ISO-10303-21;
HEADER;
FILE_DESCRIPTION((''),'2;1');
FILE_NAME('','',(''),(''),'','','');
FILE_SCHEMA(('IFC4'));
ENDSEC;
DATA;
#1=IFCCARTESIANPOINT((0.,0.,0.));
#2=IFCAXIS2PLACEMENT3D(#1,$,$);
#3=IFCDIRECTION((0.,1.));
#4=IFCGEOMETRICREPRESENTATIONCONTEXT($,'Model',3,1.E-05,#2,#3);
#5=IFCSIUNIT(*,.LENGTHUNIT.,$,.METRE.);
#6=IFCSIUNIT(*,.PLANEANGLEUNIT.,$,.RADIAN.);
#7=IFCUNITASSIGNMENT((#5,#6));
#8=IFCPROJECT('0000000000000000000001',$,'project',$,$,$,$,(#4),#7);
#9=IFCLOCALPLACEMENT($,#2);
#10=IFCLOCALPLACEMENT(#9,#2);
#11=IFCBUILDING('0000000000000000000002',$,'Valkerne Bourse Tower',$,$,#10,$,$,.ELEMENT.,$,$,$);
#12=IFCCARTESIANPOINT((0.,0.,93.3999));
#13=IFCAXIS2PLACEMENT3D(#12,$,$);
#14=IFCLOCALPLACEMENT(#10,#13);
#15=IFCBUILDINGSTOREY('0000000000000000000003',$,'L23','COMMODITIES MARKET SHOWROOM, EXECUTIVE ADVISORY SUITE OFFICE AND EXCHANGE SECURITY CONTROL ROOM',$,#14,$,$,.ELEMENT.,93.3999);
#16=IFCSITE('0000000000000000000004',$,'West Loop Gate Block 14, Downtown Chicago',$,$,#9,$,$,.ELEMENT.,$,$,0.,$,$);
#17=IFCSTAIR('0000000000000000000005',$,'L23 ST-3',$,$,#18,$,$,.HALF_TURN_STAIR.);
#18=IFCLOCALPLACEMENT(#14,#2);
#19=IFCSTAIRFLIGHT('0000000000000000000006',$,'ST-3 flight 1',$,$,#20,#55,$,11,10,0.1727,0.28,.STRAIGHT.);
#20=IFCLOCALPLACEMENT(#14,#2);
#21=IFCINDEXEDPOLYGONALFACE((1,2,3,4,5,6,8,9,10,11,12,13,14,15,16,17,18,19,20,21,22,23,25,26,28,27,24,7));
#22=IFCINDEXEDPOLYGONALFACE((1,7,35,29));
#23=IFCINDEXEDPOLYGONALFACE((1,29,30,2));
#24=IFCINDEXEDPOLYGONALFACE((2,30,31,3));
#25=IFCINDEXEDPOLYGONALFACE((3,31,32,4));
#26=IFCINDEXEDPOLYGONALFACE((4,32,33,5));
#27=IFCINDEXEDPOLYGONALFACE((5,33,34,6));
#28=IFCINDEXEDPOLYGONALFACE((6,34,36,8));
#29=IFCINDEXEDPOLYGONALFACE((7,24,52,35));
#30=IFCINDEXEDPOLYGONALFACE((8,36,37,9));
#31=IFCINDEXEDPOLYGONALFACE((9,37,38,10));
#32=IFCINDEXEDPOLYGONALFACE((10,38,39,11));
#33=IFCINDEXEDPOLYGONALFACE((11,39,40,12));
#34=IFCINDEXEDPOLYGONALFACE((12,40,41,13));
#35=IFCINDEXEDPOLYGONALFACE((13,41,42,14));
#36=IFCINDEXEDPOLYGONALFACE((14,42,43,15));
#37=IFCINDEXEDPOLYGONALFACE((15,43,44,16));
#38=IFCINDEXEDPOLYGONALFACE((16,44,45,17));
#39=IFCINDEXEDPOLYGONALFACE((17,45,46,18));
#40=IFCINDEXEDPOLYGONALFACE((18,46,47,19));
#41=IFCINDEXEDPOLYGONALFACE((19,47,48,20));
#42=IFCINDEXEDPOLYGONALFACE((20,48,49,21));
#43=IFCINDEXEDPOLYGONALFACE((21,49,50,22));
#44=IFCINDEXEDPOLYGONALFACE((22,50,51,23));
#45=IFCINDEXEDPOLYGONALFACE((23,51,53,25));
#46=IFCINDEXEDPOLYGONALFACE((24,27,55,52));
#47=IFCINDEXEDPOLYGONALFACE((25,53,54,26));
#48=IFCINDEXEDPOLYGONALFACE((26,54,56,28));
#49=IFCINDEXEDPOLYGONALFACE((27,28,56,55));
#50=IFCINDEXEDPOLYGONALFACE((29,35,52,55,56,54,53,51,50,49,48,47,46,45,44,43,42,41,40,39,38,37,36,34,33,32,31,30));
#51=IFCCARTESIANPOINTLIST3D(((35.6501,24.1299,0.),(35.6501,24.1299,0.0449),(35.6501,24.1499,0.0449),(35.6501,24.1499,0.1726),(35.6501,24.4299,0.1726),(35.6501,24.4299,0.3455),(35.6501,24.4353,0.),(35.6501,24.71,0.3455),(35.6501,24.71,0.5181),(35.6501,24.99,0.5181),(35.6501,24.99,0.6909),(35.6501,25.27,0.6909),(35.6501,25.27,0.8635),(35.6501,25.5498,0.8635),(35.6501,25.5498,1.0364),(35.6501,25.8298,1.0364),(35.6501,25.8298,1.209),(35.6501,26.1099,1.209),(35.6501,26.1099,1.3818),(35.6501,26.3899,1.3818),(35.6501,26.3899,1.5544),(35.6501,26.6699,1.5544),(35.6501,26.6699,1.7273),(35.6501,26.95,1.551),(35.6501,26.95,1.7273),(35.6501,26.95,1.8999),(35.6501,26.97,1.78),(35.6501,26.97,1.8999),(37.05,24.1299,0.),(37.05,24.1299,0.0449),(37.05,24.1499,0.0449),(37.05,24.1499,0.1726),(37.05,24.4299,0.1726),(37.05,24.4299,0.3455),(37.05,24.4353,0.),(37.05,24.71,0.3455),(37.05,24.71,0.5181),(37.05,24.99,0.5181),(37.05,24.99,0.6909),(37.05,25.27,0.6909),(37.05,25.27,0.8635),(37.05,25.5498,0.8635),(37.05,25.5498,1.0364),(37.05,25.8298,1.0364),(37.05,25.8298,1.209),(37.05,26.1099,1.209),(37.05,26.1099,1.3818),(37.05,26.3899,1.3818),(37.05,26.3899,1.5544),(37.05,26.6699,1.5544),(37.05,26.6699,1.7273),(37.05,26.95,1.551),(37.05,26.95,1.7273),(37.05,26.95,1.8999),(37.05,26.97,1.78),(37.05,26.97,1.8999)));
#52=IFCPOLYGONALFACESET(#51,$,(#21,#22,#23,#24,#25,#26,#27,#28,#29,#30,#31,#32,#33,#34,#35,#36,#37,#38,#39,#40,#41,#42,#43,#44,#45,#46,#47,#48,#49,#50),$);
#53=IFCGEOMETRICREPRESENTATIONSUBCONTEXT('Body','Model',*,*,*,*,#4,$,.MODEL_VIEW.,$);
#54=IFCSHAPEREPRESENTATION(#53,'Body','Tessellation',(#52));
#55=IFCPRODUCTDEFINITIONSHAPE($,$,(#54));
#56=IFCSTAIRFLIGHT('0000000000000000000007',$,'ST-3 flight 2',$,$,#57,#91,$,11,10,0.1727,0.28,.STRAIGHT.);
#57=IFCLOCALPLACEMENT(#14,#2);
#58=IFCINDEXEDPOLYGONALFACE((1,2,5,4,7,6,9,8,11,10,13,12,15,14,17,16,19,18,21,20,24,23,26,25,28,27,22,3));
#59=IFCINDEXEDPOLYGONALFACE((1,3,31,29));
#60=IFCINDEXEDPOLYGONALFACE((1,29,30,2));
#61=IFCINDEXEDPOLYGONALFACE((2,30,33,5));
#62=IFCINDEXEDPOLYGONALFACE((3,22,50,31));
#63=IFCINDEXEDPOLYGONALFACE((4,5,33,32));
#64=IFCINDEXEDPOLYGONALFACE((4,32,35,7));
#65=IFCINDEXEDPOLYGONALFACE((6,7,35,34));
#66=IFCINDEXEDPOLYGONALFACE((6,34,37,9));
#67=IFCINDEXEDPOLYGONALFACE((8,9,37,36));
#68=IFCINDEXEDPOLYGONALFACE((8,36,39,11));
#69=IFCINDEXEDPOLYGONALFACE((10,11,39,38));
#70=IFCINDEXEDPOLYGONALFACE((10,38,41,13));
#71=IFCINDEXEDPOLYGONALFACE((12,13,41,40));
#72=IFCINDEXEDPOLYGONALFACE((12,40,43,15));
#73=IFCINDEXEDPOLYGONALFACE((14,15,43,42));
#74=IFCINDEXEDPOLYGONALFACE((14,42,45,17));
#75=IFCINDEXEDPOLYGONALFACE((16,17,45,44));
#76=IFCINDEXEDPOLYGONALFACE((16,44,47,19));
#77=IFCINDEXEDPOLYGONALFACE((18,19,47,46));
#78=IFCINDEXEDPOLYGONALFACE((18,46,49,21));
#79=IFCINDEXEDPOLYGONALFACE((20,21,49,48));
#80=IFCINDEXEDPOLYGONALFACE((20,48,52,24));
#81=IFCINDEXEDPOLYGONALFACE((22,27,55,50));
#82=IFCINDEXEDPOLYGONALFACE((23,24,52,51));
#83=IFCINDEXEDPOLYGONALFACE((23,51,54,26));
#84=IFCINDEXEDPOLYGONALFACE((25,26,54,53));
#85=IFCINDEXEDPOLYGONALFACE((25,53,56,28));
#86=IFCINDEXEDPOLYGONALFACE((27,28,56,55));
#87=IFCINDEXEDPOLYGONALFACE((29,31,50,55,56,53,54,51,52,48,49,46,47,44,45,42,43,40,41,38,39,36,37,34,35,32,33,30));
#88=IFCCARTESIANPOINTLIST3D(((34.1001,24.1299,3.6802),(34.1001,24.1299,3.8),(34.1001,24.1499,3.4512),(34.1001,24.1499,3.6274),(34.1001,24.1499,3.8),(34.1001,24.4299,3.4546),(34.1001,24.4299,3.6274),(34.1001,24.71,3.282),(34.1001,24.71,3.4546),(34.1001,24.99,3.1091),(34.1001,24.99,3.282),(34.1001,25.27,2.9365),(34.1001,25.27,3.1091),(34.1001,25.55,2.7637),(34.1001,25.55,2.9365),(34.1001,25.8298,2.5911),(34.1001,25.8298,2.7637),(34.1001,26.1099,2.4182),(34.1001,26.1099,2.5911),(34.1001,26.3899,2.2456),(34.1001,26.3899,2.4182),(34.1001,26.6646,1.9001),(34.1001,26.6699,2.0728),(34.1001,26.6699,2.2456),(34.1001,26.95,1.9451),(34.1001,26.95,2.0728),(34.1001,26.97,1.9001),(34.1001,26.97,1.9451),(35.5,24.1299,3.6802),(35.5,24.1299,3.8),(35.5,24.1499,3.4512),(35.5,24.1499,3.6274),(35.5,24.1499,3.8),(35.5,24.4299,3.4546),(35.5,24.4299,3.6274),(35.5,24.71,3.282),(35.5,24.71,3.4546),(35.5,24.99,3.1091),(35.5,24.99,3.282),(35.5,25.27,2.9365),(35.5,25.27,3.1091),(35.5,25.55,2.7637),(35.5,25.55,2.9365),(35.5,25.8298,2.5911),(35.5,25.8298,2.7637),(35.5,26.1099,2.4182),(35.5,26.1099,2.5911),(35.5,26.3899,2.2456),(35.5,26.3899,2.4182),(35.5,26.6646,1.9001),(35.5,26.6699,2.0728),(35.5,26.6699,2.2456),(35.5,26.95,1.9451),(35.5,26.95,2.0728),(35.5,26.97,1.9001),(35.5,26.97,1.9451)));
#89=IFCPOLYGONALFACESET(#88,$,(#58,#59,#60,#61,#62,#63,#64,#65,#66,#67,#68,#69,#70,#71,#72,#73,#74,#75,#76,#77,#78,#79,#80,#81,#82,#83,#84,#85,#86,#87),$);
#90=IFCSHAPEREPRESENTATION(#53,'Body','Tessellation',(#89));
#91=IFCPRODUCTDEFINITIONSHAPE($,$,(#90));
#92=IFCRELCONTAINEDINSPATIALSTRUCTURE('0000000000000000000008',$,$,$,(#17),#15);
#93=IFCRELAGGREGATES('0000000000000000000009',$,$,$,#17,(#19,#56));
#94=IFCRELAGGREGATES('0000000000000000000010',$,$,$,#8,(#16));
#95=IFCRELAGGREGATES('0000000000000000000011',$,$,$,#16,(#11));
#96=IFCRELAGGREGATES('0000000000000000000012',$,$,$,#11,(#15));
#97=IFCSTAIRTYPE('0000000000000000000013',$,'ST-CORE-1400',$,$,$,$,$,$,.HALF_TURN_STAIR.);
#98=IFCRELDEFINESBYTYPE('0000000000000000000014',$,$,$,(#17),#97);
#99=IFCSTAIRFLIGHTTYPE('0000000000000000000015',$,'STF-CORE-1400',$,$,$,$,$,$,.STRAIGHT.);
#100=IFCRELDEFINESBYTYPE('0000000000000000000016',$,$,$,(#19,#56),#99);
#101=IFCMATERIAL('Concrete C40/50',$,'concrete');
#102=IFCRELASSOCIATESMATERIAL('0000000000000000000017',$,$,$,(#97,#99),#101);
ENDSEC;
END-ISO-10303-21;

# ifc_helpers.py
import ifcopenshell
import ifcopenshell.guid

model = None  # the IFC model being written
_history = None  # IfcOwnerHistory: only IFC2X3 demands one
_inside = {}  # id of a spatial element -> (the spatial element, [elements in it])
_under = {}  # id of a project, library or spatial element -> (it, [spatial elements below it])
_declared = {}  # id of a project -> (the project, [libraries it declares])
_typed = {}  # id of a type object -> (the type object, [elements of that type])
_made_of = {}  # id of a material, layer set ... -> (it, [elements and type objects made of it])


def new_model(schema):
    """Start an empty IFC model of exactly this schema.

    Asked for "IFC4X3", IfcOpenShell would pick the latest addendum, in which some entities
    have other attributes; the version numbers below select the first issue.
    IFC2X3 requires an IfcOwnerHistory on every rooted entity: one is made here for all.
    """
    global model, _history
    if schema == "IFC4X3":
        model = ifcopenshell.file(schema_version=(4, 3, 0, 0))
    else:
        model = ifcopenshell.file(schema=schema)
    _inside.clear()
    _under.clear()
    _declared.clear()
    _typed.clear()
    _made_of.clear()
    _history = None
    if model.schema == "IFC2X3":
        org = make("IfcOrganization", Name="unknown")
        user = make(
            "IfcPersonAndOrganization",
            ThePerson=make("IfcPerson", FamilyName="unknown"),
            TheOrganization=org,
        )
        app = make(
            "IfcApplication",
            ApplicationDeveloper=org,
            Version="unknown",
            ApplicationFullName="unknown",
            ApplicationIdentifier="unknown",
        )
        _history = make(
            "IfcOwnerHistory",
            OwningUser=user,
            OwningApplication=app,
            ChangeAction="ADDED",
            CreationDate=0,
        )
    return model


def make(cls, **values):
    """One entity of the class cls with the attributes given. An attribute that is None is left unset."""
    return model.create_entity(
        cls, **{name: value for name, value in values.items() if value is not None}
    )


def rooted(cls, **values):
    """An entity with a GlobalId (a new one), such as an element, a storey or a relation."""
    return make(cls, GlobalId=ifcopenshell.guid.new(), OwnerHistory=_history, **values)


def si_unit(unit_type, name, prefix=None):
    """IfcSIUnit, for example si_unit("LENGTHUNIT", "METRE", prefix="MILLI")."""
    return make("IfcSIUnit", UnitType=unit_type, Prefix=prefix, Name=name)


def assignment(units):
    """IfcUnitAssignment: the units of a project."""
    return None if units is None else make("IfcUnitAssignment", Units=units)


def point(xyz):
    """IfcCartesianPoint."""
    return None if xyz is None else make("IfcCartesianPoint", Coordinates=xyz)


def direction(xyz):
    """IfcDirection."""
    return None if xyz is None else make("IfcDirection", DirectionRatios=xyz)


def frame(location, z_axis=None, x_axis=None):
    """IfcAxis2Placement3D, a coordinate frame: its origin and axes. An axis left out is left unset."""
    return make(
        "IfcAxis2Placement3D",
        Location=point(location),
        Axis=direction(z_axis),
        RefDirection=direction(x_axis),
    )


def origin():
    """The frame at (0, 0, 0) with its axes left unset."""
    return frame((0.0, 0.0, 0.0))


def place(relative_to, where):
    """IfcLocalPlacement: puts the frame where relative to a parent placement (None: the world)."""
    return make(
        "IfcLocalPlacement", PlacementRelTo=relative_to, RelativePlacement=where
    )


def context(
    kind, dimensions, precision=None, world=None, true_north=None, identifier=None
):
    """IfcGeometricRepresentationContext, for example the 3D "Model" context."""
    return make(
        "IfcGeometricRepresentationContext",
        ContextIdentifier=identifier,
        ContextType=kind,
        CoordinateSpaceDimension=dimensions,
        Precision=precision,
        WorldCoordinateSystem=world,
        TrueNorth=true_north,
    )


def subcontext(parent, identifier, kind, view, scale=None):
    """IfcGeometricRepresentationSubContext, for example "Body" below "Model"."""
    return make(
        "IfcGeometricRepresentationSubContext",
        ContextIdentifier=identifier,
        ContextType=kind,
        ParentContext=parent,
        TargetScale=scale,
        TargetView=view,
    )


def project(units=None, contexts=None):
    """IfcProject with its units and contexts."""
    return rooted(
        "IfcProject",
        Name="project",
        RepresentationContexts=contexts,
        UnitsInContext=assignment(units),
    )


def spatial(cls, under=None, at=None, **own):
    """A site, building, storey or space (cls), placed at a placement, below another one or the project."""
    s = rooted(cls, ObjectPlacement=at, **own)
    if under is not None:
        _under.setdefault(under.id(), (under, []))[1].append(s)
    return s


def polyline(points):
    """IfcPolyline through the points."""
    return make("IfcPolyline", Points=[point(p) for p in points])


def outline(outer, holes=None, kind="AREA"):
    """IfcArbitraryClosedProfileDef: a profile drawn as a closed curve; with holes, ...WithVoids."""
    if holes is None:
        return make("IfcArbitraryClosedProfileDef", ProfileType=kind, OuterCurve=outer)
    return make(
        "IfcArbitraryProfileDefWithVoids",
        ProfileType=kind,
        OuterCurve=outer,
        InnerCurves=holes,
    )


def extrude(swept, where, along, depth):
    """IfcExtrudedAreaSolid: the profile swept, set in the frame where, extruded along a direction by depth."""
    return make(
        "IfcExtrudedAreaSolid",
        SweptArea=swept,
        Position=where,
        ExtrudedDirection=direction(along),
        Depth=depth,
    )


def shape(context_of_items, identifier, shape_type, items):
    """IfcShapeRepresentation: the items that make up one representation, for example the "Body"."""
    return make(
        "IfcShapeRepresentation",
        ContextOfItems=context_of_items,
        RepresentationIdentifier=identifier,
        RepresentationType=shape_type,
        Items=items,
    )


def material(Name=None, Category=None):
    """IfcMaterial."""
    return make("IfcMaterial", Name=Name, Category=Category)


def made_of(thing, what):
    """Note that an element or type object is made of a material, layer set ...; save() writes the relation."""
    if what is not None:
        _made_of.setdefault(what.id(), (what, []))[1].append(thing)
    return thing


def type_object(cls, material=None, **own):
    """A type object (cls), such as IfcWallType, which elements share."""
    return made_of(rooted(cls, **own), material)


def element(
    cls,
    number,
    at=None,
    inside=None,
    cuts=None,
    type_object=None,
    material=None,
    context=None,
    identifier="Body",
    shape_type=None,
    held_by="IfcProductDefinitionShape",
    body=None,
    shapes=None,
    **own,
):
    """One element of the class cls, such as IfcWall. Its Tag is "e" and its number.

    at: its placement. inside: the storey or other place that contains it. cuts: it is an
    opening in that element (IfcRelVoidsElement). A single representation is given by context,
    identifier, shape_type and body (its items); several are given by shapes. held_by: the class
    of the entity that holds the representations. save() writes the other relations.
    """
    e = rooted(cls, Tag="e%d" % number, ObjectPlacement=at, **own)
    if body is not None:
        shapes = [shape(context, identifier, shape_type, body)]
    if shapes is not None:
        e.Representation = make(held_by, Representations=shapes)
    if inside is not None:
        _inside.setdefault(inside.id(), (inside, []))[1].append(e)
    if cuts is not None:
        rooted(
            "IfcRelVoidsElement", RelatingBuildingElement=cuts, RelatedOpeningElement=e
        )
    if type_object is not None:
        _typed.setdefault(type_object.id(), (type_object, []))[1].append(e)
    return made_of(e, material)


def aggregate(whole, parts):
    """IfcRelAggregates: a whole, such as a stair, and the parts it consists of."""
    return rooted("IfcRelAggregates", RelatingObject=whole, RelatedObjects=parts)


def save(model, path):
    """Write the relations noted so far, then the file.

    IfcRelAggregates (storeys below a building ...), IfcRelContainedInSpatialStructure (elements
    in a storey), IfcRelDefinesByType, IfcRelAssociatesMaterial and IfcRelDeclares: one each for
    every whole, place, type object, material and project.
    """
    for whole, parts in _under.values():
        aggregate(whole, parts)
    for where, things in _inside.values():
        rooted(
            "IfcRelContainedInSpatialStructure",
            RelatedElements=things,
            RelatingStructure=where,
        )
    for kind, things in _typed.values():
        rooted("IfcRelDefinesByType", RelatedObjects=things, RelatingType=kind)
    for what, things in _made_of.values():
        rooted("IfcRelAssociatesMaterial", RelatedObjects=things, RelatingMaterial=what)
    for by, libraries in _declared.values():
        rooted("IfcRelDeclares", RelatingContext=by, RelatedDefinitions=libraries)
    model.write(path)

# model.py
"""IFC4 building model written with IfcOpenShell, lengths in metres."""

from ifc_helpers import new_model, si_unit, direction, frame, origin, place, context, subcontext, project, spatial, polyline, outline, extrude, material, type_object, element, aggregate, save


model = new_model("IFC4")

# Units and contexts
model_context = context("Model", 3, precision=1e-05, world=origin(), true_north=direction((0.0, 1.0)))
body_context = subcontext(model_context, "Body", "Model", "MODEL_VIEW")
ifc_project = project(units=[si_unit("LENGTHUNIT", "METRE"), si_unit("PLANEANGLEUNIT", "RADIAN")], contexts=[model_context])

# Site, building, storey
site_placement = place(None, origin())
site = spatial("IfcSite", under=ifc_project, at=site_placement, Name="West Loop Gate Block 14, Downtown Chicago", CompositionType="ELEMENT", RefElevation=0.0)
building_placement = place(site_placement, origin())
building = spatial("IfcBuilding", under=site, at=building_placement, Name="Valkerne Bourse Tower", CompositionType="ELEMENT")
storey_placement = place(building_placement, frame((0.0, 0.0, 93.3999)))
storey = spatial("IfcBuildingStorey", under=building, at=storey_placement, Name="L23", Description="COMMODITIES MARKET SHOWROOM, EXECUTIVE ADVISORY SUITE OFFICE AND EXCHANGE SECURITY CONTROL ROOM", CompositionType="ELEMENT", Elevation=93.3999)

# Shared definitions
ifc_material_1 = material(Name="Concrete C40/50", Category="concrete")

# Stair, stair flights
stair_type = type_object("IfcStairType", Name="ST-CORE-1400", PredefinedType="HALF_TURN_STAIR", material=ifc_material_1)
stair_placement = place(storey_placement, origin())
stair = element("IfcStair", 1, at=stair_placement, inside=storey, type_object=stair_type, Name="L23 ST-3", PredefinedType="HALF_TURN_STAIR")
stair_flight_type = type_object("IfcStairFlightType", Name="STF-CORE-1400", PredefinedType="STRAIGHT", material=ifc_material_1)
stair_flight_1_placement = place(storey_placement, frame((36.3501, 24.1499, 0.0), z_axis=(0.0, 0.0, 1.0), x_axis=(0.0, 1.0, 0.0)))
stair_flight_1 = element("IfcStairFlight", 2, at=stair_flight_1_placement, type_object=stair_flight_type, Name="ST-3 flight 1", NumberOfRisers=11, NumberOfTreads=10, PredefinedType="STRAIGHT", RiserHeight=0.1727, TreadLength=0.28, context=body_context, shape_type="SweptSolid", body=[
    extrude(outline(polyline([(-0.02, 0.0), (-0.02, 0.0449), (0.0, 0.0449), (0.0, 0.1726), (0.28, 0.1726), (0.28, 0.3455), (0.5601, 0.3455), (0.5601, 0.5181), (0.8401, 0.5181), (0.8401, 0.6909), (1.1201, 0.6909), (1.1201, 0.8635), (1.3999, 0.8635), (1.3999, 1.0364), (1.6799, 1.0364), (1.6799, 1.209), (1.96, 1.209), (1.96, 1.3818), (2.24, 1.3818), (2.24, 1.5544), (2.52, 1.5544), (2.52, 1.7273), (2.8, 1.7273), (2.8, 1.8999), (2.8201, 1.8999), (2.8201, 1.78), (2.8, 1.551), (0.2854, 0.0), (-0.02, 0.0)])), frame((0.0, 0.7, 0.0), z_axis=(0.0, -1.0, 0.0), x_axis=(1.0, 0.0, 0.0)), (0.0, 0.0, 1.0), 1.3999),
])
stair_flight_2_placement = place(storey_placement, frame((34.8, 26.95, 1.9001), z_axis=(0.0, 0.0, 1.0), x_axis=(0.0, -1.0, 0.0)))
stair_flight_2 = element("IfcStairFlight", 3, at=stair_flight_2_placement, type_object=stair_flight_type, Name="ST-3 flight 2", NumberOfRisers=11, NumberOfTreads=10, PredefinedType="STRAIGHT", RiserHeight=0.1727, TreadLength=0.28, context=body_context, shape_type="SweptSolid", body=[
    extrude(outline(polyline([(-0.02, 0.0), (-0.02, 0.0449), (0.0, 0.0449), (0.0, 0.1726), (0.28, 0.1726), (0.28, 0.3455), (0.5601, 0.3455), (0.5601, 0.5181), (0.8401, 0.5181), (0.8401, 0.6909), (1.1201, 0.6909), (1.1201, 0.8635), (1.3999, 0.8635), (1.3999, 1.0364), (1.6799, 1.0364), (1.6799, 1.209), (1.96, 1.209), (1.96, 1.3818), (2.24, 1.3818), (2.24, 1.5544), (2.52, 1.5544), (2.52, 1.7273), (2.8, 1.7273), (2.8, 1.8999), (2.8201, 1.8999), (2.8201, 1.78), (2.8, 1.551), (0.2854, 0.0), (-0.02, 0.0)])), frame((0.0, 0.7, 0.0), z_axis=(0.0, -1.0, 0.0), x_axis=(1.0, 0.0, 0.0)), (0.0, 0.0, 1.0), 1.3999),
])
aggregate(stair, [stair_flight_1, stair_flight_2])

save(model, "model.ifc")
